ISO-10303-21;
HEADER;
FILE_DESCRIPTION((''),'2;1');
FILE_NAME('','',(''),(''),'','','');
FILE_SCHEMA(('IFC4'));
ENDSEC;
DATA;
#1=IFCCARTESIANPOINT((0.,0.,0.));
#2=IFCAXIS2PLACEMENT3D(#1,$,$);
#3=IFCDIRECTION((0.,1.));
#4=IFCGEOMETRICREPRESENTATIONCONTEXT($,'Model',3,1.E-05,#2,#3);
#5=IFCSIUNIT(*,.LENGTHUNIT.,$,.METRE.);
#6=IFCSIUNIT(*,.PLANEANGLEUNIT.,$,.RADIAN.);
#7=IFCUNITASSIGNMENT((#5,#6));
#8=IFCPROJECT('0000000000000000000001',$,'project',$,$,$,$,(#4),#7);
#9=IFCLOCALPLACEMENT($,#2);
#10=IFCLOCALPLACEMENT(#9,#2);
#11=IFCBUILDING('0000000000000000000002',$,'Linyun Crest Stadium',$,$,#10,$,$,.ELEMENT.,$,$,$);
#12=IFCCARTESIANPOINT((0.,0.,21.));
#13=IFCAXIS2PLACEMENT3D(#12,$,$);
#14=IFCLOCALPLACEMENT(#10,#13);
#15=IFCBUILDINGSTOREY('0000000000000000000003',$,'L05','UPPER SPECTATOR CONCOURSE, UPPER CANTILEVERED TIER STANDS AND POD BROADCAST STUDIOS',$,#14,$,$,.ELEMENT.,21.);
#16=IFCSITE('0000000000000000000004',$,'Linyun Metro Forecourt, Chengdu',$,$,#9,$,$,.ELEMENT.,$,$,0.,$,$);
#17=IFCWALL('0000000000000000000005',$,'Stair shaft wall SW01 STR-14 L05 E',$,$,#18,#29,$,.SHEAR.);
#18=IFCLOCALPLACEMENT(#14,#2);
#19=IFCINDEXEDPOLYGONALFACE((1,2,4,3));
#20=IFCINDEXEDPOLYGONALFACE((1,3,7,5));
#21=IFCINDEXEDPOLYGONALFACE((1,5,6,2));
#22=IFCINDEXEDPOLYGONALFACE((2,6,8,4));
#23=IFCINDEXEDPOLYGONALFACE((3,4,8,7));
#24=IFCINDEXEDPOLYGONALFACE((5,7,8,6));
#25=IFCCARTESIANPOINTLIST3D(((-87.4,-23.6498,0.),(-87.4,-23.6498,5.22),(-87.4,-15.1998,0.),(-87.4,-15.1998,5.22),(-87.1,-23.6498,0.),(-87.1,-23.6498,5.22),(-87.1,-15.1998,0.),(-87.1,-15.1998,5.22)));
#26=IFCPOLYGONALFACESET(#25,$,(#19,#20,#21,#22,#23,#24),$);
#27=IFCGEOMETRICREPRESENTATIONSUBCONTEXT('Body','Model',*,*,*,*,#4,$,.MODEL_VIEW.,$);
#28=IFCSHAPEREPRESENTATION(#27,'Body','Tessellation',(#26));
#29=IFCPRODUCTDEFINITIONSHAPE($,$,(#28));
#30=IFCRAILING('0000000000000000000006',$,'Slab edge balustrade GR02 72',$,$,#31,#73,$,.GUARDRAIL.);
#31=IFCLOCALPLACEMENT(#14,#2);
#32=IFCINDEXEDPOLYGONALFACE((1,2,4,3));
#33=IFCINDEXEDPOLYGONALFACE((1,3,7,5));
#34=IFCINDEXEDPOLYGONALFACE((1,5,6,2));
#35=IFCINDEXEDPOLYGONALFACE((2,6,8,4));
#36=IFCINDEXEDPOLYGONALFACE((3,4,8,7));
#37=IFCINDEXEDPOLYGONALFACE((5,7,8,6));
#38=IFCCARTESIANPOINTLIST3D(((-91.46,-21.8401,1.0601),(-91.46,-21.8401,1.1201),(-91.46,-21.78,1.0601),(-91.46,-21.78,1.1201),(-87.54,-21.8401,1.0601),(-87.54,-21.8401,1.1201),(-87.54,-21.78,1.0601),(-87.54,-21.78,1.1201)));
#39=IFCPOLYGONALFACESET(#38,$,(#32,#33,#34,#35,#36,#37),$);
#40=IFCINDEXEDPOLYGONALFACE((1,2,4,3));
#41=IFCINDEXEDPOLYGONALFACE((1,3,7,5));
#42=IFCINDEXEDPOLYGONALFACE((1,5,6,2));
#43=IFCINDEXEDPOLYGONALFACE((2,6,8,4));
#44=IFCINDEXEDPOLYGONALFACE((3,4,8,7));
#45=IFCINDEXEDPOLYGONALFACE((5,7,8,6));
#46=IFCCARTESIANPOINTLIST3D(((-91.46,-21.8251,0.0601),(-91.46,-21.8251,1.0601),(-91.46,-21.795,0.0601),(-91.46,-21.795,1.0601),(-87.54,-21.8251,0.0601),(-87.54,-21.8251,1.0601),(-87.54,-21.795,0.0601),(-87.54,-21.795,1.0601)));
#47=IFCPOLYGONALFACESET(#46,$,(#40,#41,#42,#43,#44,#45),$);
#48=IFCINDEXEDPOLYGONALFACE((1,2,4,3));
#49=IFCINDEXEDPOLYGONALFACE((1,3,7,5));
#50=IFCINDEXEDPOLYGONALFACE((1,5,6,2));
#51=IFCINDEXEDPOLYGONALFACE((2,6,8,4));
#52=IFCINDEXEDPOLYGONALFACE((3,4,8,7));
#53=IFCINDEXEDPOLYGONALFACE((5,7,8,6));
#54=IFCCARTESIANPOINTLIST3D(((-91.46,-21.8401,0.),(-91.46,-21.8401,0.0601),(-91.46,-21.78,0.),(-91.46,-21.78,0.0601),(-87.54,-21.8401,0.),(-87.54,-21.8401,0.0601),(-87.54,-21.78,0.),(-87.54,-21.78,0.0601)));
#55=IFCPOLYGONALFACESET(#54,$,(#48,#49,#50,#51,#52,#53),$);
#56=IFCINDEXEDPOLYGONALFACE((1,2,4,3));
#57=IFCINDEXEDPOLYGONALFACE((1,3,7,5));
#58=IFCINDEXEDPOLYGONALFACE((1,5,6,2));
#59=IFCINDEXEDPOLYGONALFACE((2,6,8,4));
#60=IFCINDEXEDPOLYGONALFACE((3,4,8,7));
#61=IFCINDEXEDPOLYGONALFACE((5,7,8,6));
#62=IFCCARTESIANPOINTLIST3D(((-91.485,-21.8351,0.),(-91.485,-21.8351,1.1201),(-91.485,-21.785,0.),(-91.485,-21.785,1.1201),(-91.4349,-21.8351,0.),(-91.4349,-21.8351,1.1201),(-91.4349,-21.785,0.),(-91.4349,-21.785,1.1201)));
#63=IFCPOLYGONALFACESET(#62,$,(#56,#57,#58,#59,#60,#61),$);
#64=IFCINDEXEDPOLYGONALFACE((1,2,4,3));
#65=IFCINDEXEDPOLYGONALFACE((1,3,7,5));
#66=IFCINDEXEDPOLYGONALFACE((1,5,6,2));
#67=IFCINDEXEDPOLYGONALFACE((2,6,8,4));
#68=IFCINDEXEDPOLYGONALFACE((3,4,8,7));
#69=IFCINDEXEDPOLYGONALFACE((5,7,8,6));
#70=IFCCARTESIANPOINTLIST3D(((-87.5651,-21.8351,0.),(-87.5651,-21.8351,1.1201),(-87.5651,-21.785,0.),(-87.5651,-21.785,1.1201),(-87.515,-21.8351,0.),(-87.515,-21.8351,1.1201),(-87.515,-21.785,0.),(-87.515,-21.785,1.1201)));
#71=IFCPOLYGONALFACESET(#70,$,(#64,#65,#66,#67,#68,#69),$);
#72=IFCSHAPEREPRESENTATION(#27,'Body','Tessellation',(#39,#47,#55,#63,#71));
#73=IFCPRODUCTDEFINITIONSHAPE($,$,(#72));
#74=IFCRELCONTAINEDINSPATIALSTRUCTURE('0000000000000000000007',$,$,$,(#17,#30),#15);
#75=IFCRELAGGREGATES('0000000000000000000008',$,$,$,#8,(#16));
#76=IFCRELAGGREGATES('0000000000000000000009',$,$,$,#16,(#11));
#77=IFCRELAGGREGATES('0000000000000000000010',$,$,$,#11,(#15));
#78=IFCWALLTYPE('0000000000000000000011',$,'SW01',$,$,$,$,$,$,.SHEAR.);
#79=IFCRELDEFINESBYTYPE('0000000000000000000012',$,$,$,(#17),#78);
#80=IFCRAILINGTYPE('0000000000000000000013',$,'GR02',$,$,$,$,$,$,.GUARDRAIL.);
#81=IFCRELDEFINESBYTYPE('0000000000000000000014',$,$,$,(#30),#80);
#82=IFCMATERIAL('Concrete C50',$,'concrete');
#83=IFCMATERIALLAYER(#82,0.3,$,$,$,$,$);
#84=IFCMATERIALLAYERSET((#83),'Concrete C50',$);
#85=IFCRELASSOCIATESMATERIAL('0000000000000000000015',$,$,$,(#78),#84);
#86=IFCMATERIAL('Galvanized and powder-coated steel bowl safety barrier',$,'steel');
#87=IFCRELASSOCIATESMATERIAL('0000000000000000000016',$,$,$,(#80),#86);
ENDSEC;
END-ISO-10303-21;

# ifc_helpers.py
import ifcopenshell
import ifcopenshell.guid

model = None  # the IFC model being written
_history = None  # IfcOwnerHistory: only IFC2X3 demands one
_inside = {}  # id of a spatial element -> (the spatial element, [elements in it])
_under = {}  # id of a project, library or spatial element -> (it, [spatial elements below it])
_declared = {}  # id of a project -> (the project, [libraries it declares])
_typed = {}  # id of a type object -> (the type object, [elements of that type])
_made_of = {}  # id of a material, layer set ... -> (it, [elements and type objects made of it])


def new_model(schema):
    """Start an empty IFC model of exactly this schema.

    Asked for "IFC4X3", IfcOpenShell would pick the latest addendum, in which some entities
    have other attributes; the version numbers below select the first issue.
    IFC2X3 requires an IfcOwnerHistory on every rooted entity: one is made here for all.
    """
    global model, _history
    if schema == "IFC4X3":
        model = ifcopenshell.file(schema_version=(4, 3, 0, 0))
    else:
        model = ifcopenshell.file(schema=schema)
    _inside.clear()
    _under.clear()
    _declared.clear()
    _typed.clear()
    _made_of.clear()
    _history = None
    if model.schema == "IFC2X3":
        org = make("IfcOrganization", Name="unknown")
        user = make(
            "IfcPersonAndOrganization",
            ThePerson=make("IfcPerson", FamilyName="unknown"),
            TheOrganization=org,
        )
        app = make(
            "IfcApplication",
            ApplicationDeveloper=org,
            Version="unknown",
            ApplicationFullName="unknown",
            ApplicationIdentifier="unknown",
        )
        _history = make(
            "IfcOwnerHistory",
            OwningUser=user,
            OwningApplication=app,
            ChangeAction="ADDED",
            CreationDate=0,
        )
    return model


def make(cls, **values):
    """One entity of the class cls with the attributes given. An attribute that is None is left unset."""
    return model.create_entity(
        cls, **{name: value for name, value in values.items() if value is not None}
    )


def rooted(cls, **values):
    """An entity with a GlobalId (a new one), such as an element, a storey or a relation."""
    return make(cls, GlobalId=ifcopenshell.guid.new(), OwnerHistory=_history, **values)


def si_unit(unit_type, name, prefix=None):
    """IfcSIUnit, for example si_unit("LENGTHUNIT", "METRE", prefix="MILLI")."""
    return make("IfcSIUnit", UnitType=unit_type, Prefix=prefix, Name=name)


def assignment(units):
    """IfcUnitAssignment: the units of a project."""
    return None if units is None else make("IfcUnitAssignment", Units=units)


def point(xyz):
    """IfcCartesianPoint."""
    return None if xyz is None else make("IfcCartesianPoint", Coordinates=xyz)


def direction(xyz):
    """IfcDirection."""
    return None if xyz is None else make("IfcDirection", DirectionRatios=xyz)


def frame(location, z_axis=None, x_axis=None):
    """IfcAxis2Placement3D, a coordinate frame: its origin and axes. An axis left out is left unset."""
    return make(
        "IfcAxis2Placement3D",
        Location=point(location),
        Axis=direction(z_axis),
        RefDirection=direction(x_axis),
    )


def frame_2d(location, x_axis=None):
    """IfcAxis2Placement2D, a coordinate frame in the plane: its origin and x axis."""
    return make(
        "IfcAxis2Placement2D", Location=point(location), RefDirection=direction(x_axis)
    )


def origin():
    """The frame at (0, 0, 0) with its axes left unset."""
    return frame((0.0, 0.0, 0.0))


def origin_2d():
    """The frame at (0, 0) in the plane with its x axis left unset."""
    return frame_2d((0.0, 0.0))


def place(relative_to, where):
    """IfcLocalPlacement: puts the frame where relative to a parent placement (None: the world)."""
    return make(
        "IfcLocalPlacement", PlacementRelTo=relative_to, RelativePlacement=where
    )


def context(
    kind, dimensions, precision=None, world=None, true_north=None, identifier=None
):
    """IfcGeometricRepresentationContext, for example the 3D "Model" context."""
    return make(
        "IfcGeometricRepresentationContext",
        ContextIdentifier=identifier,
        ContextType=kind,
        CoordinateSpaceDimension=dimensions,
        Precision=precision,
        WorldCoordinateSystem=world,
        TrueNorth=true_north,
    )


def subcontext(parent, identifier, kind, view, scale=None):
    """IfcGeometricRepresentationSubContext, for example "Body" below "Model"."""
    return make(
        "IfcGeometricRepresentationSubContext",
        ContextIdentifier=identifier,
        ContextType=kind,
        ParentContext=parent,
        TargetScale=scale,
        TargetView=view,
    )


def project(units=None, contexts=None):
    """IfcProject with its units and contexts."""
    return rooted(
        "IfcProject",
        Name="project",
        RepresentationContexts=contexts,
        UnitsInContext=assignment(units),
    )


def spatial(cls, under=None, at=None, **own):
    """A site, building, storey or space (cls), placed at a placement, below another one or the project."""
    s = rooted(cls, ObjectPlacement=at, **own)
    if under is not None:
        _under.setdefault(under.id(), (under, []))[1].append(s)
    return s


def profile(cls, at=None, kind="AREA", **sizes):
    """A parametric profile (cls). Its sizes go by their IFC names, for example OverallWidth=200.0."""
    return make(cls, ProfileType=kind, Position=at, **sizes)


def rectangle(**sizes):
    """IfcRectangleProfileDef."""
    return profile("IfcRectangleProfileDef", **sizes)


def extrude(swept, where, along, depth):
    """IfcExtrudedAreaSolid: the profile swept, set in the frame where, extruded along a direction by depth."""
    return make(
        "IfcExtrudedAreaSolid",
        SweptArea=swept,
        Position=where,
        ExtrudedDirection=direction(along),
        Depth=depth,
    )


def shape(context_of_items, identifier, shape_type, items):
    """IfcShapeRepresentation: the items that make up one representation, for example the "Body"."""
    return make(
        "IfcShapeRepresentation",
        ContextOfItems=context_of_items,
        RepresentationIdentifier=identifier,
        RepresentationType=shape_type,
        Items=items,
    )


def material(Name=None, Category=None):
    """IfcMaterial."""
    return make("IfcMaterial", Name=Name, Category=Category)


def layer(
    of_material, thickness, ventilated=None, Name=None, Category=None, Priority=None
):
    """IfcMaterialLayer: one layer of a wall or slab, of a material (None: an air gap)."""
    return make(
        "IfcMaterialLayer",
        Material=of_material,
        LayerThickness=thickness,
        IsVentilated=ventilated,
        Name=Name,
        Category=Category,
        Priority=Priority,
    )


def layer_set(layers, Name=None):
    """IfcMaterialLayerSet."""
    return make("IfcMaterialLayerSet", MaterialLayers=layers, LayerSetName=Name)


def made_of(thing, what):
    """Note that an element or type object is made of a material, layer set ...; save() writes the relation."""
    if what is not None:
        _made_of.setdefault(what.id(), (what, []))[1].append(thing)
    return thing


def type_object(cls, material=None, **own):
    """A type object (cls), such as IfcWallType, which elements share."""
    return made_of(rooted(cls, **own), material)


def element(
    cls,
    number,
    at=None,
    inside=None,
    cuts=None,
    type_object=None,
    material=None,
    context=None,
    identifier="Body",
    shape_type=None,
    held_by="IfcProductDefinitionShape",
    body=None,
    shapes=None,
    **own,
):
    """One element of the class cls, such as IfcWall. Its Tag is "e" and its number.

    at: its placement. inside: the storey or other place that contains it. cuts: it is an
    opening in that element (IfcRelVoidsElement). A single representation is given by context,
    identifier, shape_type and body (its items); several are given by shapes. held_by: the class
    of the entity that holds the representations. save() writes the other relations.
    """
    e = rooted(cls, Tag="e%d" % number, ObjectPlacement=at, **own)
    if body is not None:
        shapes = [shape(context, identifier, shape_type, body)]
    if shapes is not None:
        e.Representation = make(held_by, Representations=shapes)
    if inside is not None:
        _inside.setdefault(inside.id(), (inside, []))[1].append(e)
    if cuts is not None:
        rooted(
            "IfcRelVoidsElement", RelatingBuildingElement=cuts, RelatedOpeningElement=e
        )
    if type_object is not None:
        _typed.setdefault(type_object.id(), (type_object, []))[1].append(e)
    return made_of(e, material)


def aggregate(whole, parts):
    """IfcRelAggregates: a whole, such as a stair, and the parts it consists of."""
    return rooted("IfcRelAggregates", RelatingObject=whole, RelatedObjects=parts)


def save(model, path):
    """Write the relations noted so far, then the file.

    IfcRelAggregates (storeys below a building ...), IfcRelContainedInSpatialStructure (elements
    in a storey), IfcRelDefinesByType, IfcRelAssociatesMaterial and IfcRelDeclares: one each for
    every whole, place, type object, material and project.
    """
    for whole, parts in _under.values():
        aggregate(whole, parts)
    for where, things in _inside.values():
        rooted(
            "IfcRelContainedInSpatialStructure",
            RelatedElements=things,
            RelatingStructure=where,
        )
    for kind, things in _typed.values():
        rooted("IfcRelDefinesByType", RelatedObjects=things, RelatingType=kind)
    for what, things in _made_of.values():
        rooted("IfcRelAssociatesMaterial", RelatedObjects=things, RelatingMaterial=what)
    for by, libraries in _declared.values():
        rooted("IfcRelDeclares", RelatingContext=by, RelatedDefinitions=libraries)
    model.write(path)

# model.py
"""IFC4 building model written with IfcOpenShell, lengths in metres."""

from ifc_helpers import new_model, si_unit, direction, frame, frame_2d, origin, origin_2d, place, context, subcontext, project, spatial, rectangle, extrude, material, layer, layer_set, type_object, element, save


model = new_model("IFC4")

# Units and contexts
model_context = context("Model", 3, precision=1e-05, world=origin(), true_north=direction((0.0, 1.0)))
body_context = subcontext(model_context, "Body", "Model", "MODEL_VIEW")
ifc_project = project(units=[si_unit("LENGTHUNIT", "METRE"), si_unit("PLANEANGLEUNIT", "RADIAN")], contexts=[model_context])

# Site, building, storey
site_placement = place(None, origin())
site = spatial("IfcSite", under=ifc_project, at=site_placement, Name="Linyun Metro Forecourt, Chengdu", CompositionType="ELEMENT", RefElevation=0.0)
building_placement = place(site_placement, origin())
building = spatial("IfcBuilding", under=site, at=building_placement, Name="Linyun Crest Stadium", CompositionType="ELEMENT")
storey_placement = place(building_placement, frame((0.0, 0.0, 21.0)))
storey = spatial("IfcBuildingStorey", under=building, at=storey_placement, Name="L05", Description="UPPER SPECTATOR CONCOURSE, UPPER CANTILEVERED TIER STANDS AND POD BROADCAST STUDIOS", CompositionType="ELEMENT", Elevation=21.0)

# Shared definitions
ifc_material_1 = material(Name="Concrete C50", Category="concrete")
ifc_layer_1 = layer(ifc_material_1, 0.3)
ifc_layer_set_1 = layer_set([ifc_layer_1], Name="Concrete C50")
wall_type_1 = type_object("IfcWallType", Name="SW01", PredefinedType="SHEAR", material=ifc_layer_set_1)

# Wall
for number, where, z_axis, x_axis, name in (
    (1, (-87.25, -23.6499, 0.0), (0.0, 0.0, 1.0), (0.0, 1.0, 0.0), "Stair shaft wall SW01 STR-14 L05 E"),
):
    element("IfcWall", number, at=place(storey_placement, frame(where, z_axis=z_axis, x_axis=x_axis)), inside=storey, type_object=wall_type_1, Name=name, PredefinedType="SHEAR", context=body_context, shape_type="SweptSolid", body=[
        extrude(rectangle(XDim=8.45, YDim=0.3, at=frame_2d((4.2251, 0.0))), origin(), (0.0, 0.0, 1.0), 5.22),
    ])

# Railing
ifc_material_2 = material(Name="Galvanized and powder-coated steel bowl safety barrier", Category="steel")
railing_type_1 = type_object("IfcRailingType", Name="GR02", PredefinedType="GUARDRAIL", material=ifc_material_2)
railing_1_placement = place(storey_placement, frame((-91.46, -21.8101, 0.0)))
element("IfcRailing", 2, at=railing_1_placement, inside=storey, type_object=railing_type_1, Name="Slab edge balustrade GR02 72", PredefinedType="GUARDRAIL", context=body_context, shape_type="SweptSolid", body=[
    extrude(rectangle(XDim=0.0601, YDim=0.0601, at=origin_2d()), frame((0.0, 0.0, 1.0901), z_axis=(1.0, 0.0, 0.0), x_axis=(0.0, 1.0, 0.0)), (0.0, 0.0, 1.0), 3.9199),
    extrude(rectangle(XDim=0.03, YDim=1.0, at=origin_2d()), frame((0.0, 0.0, 0.5601), z_axis=(1.0, 0.0, 0.0), x_axis=(0.0, 1.0, 0.0)), (0.0, 0.0, 1.0), 3.9199),
    extrude(rectangle(XDim=0.0601, YDim=0.0601, at=origin_2d()), frame((0.0, 0.0, 0.03), z_axis=(1.0, 0.0, 0.0), x_axis=(0.0, 1.0, 0.0)), (0.0, 0.0, 1.0), 3.9199),
    extrude(rectangle(XDim=0.05, YDim=0.05, at=origin_2d()), origin(), (0.0, 0.0, 1.0), 1.1201),
    extrude(rectangle(XDim=0.05, YDim=0.05, at=origin_2d()), frame((3.9199, 0.0, 0.0)), (0.0, 0.0, 1.0), 1.1201),
])

save(model, "model.ifc")
